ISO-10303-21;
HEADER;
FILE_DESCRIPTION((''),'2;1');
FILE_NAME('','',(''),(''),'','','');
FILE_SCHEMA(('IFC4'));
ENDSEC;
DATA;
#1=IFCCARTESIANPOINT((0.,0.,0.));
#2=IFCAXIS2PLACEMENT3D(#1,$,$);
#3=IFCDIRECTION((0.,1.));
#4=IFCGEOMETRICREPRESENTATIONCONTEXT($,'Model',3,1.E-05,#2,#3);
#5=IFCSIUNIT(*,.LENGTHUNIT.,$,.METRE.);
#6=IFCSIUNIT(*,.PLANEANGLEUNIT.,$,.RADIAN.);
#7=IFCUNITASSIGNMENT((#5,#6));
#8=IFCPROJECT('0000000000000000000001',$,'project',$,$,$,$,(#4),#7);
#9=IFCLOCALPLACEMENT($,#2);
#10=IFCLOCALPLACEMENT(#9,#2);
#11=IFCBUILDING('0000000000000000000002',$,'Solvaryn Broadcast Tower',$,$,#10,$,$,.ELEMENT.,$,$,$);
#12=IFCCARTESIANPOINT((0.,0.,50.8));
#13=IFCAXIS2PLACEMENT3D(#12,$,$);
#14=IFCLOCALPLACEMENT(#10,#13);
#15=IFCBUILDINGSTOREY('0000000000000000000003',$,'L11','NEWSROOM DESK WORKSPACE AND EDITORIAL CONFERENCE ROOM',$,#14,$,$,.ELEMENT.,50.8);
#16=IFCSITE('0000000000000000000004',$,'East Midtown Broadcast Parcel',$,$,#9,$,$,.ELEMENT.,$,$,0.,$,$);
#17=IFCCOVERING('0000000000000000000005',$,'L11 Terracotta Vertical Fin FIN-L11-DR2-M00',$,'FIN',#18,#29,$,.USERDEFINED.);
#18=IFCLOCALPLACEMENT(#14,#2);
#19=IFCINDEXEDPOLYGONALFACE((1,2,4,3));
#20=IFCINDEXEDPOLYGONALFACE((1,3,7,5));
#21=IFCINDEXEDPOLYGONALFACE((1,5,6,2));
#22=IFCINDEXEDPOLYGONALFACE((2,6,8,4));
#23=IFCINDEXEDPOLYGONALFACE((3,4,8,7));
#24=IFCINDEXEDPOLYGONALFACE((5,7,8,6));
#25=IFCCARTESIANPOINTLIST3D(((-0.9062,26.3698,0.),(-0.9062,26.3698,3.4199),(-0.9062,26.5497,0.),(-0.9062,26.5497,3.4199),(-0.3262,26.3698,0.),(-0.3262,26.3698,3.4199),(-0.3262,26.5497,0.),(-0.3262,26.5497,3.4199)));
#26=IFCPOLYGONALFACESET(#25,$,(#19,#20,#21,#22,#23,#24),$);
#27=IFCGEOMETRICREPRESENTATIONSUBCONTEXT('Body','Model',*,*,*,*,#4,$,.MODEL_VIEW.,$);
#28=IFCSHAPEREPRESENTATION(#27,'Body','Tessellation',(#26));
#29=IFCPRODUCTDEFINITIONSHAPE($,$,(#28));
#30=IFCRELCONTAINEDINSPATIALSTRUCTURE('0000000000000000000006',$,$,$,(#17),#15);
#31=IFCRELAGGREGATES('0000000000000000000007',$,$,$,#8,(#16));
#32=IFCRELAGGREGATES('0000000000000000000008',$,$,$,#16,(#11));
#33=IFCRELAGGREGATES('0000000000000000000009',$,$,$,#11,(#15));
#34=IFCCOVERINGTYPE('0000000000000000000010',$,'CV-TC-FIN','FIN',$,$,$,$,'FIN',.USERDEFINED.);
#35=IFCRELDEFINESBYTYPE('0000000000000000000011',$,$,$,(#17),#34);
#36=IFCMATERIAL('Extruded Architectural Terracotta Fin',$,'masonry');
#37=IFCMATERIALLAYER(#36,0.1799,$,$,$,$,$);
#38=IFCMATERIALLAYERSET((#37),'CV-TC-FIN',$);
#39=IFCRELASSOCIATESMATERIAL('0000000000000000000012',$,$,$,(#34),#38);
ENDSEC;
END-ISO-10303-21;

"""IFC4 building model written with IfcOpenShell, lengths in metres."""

from ifc_helpers import new_model, si_unit, direction, frame, origin, origin_2d, place, context, subcontext, project, spatial, rectangle, extrude, material, layer, layer_set, type_object, element, save


model = new_model("IFC4")

# Units and contexts
model_context = context("Model", 3, precision=1e-05, world=origin(), true_north=direction((0.0, 1.0)))
body_context = subcontext(model_context, "Body", "Model", "MODEL_VIEW")
ifc_project = project(units=[si_unit("LENGTHUNIT", "METRE"), si_unit("PLANEANGLEUNIT", "RADIAN")], contexts=[model_context])

# Site, building, storey
site_placement = place(None, origin())
site = spatial("IfcSite", under=ifc_project, at=site_placement, Name="East Midtown Broadcast Parcel", CompositionType="ELEMENT", RefElevation=0.0)
building_placement = place(site_placement, origin())
building = spatial("IfcBuilding", under=site, at=building_placement, Name="Solvaryn Broadcast Tower", CompositionType="ELEMENT")
storey_placement = place(building_placement, frame((0.0, 0.0, 50.8)))
storey = spatial("IfcBuildingStorey", under=building, at=storey_placement, Name="L11", Description="NEWSROOM DESK WORKSPACE AND EDITORIAL CONFERENCE ROOM", CompositionType="ELEMENT", Elevation=50.8)

# Covering
ifc_material_1 = material(Name="Extruded Architectural Terracotta Fin", Category="masonry")
ifc_layer_1 = layer(ifc_material_1, 0.1799)
ifc_layer_set_1 = layer_set([ifc_layer_1], Name="CV-TC-FIN")
covering_type_1 = type_object("IfcCoveringType", Name="CV-TC-FIN", Description="FIN", ElementType="FIN", PredefinedType="USERDEFINED", material=ifc_layer_set_1)
for number, where, z_axis, x_axis, name in (
    (1, (-0.6162, 26.4597, 0.0), (0.0, 0.0, 1.0), (1.0, 0.0, 0.0), "L11 Terracotta Vertical Fin FIN-L11-DR2-M00"),
):
    element("IfcCovering", number, at=place(storey_placement, frame(where, z_axis=z_axis, x_axis=x_axis)), inside=storey, type_object=covering_type_1, Name=name, ObjectType="FIN", PredefinedType="USERDEFINED", context=body_context, shape_type="SweptSolid", body=[
        extrude(rectangle(XDim=0.5801, YDim=0.1799, at=origin_2d()), origin(), (0.0, 0.0, 1.0), 3.4199),
    ])

save(model, "model.ifc")
